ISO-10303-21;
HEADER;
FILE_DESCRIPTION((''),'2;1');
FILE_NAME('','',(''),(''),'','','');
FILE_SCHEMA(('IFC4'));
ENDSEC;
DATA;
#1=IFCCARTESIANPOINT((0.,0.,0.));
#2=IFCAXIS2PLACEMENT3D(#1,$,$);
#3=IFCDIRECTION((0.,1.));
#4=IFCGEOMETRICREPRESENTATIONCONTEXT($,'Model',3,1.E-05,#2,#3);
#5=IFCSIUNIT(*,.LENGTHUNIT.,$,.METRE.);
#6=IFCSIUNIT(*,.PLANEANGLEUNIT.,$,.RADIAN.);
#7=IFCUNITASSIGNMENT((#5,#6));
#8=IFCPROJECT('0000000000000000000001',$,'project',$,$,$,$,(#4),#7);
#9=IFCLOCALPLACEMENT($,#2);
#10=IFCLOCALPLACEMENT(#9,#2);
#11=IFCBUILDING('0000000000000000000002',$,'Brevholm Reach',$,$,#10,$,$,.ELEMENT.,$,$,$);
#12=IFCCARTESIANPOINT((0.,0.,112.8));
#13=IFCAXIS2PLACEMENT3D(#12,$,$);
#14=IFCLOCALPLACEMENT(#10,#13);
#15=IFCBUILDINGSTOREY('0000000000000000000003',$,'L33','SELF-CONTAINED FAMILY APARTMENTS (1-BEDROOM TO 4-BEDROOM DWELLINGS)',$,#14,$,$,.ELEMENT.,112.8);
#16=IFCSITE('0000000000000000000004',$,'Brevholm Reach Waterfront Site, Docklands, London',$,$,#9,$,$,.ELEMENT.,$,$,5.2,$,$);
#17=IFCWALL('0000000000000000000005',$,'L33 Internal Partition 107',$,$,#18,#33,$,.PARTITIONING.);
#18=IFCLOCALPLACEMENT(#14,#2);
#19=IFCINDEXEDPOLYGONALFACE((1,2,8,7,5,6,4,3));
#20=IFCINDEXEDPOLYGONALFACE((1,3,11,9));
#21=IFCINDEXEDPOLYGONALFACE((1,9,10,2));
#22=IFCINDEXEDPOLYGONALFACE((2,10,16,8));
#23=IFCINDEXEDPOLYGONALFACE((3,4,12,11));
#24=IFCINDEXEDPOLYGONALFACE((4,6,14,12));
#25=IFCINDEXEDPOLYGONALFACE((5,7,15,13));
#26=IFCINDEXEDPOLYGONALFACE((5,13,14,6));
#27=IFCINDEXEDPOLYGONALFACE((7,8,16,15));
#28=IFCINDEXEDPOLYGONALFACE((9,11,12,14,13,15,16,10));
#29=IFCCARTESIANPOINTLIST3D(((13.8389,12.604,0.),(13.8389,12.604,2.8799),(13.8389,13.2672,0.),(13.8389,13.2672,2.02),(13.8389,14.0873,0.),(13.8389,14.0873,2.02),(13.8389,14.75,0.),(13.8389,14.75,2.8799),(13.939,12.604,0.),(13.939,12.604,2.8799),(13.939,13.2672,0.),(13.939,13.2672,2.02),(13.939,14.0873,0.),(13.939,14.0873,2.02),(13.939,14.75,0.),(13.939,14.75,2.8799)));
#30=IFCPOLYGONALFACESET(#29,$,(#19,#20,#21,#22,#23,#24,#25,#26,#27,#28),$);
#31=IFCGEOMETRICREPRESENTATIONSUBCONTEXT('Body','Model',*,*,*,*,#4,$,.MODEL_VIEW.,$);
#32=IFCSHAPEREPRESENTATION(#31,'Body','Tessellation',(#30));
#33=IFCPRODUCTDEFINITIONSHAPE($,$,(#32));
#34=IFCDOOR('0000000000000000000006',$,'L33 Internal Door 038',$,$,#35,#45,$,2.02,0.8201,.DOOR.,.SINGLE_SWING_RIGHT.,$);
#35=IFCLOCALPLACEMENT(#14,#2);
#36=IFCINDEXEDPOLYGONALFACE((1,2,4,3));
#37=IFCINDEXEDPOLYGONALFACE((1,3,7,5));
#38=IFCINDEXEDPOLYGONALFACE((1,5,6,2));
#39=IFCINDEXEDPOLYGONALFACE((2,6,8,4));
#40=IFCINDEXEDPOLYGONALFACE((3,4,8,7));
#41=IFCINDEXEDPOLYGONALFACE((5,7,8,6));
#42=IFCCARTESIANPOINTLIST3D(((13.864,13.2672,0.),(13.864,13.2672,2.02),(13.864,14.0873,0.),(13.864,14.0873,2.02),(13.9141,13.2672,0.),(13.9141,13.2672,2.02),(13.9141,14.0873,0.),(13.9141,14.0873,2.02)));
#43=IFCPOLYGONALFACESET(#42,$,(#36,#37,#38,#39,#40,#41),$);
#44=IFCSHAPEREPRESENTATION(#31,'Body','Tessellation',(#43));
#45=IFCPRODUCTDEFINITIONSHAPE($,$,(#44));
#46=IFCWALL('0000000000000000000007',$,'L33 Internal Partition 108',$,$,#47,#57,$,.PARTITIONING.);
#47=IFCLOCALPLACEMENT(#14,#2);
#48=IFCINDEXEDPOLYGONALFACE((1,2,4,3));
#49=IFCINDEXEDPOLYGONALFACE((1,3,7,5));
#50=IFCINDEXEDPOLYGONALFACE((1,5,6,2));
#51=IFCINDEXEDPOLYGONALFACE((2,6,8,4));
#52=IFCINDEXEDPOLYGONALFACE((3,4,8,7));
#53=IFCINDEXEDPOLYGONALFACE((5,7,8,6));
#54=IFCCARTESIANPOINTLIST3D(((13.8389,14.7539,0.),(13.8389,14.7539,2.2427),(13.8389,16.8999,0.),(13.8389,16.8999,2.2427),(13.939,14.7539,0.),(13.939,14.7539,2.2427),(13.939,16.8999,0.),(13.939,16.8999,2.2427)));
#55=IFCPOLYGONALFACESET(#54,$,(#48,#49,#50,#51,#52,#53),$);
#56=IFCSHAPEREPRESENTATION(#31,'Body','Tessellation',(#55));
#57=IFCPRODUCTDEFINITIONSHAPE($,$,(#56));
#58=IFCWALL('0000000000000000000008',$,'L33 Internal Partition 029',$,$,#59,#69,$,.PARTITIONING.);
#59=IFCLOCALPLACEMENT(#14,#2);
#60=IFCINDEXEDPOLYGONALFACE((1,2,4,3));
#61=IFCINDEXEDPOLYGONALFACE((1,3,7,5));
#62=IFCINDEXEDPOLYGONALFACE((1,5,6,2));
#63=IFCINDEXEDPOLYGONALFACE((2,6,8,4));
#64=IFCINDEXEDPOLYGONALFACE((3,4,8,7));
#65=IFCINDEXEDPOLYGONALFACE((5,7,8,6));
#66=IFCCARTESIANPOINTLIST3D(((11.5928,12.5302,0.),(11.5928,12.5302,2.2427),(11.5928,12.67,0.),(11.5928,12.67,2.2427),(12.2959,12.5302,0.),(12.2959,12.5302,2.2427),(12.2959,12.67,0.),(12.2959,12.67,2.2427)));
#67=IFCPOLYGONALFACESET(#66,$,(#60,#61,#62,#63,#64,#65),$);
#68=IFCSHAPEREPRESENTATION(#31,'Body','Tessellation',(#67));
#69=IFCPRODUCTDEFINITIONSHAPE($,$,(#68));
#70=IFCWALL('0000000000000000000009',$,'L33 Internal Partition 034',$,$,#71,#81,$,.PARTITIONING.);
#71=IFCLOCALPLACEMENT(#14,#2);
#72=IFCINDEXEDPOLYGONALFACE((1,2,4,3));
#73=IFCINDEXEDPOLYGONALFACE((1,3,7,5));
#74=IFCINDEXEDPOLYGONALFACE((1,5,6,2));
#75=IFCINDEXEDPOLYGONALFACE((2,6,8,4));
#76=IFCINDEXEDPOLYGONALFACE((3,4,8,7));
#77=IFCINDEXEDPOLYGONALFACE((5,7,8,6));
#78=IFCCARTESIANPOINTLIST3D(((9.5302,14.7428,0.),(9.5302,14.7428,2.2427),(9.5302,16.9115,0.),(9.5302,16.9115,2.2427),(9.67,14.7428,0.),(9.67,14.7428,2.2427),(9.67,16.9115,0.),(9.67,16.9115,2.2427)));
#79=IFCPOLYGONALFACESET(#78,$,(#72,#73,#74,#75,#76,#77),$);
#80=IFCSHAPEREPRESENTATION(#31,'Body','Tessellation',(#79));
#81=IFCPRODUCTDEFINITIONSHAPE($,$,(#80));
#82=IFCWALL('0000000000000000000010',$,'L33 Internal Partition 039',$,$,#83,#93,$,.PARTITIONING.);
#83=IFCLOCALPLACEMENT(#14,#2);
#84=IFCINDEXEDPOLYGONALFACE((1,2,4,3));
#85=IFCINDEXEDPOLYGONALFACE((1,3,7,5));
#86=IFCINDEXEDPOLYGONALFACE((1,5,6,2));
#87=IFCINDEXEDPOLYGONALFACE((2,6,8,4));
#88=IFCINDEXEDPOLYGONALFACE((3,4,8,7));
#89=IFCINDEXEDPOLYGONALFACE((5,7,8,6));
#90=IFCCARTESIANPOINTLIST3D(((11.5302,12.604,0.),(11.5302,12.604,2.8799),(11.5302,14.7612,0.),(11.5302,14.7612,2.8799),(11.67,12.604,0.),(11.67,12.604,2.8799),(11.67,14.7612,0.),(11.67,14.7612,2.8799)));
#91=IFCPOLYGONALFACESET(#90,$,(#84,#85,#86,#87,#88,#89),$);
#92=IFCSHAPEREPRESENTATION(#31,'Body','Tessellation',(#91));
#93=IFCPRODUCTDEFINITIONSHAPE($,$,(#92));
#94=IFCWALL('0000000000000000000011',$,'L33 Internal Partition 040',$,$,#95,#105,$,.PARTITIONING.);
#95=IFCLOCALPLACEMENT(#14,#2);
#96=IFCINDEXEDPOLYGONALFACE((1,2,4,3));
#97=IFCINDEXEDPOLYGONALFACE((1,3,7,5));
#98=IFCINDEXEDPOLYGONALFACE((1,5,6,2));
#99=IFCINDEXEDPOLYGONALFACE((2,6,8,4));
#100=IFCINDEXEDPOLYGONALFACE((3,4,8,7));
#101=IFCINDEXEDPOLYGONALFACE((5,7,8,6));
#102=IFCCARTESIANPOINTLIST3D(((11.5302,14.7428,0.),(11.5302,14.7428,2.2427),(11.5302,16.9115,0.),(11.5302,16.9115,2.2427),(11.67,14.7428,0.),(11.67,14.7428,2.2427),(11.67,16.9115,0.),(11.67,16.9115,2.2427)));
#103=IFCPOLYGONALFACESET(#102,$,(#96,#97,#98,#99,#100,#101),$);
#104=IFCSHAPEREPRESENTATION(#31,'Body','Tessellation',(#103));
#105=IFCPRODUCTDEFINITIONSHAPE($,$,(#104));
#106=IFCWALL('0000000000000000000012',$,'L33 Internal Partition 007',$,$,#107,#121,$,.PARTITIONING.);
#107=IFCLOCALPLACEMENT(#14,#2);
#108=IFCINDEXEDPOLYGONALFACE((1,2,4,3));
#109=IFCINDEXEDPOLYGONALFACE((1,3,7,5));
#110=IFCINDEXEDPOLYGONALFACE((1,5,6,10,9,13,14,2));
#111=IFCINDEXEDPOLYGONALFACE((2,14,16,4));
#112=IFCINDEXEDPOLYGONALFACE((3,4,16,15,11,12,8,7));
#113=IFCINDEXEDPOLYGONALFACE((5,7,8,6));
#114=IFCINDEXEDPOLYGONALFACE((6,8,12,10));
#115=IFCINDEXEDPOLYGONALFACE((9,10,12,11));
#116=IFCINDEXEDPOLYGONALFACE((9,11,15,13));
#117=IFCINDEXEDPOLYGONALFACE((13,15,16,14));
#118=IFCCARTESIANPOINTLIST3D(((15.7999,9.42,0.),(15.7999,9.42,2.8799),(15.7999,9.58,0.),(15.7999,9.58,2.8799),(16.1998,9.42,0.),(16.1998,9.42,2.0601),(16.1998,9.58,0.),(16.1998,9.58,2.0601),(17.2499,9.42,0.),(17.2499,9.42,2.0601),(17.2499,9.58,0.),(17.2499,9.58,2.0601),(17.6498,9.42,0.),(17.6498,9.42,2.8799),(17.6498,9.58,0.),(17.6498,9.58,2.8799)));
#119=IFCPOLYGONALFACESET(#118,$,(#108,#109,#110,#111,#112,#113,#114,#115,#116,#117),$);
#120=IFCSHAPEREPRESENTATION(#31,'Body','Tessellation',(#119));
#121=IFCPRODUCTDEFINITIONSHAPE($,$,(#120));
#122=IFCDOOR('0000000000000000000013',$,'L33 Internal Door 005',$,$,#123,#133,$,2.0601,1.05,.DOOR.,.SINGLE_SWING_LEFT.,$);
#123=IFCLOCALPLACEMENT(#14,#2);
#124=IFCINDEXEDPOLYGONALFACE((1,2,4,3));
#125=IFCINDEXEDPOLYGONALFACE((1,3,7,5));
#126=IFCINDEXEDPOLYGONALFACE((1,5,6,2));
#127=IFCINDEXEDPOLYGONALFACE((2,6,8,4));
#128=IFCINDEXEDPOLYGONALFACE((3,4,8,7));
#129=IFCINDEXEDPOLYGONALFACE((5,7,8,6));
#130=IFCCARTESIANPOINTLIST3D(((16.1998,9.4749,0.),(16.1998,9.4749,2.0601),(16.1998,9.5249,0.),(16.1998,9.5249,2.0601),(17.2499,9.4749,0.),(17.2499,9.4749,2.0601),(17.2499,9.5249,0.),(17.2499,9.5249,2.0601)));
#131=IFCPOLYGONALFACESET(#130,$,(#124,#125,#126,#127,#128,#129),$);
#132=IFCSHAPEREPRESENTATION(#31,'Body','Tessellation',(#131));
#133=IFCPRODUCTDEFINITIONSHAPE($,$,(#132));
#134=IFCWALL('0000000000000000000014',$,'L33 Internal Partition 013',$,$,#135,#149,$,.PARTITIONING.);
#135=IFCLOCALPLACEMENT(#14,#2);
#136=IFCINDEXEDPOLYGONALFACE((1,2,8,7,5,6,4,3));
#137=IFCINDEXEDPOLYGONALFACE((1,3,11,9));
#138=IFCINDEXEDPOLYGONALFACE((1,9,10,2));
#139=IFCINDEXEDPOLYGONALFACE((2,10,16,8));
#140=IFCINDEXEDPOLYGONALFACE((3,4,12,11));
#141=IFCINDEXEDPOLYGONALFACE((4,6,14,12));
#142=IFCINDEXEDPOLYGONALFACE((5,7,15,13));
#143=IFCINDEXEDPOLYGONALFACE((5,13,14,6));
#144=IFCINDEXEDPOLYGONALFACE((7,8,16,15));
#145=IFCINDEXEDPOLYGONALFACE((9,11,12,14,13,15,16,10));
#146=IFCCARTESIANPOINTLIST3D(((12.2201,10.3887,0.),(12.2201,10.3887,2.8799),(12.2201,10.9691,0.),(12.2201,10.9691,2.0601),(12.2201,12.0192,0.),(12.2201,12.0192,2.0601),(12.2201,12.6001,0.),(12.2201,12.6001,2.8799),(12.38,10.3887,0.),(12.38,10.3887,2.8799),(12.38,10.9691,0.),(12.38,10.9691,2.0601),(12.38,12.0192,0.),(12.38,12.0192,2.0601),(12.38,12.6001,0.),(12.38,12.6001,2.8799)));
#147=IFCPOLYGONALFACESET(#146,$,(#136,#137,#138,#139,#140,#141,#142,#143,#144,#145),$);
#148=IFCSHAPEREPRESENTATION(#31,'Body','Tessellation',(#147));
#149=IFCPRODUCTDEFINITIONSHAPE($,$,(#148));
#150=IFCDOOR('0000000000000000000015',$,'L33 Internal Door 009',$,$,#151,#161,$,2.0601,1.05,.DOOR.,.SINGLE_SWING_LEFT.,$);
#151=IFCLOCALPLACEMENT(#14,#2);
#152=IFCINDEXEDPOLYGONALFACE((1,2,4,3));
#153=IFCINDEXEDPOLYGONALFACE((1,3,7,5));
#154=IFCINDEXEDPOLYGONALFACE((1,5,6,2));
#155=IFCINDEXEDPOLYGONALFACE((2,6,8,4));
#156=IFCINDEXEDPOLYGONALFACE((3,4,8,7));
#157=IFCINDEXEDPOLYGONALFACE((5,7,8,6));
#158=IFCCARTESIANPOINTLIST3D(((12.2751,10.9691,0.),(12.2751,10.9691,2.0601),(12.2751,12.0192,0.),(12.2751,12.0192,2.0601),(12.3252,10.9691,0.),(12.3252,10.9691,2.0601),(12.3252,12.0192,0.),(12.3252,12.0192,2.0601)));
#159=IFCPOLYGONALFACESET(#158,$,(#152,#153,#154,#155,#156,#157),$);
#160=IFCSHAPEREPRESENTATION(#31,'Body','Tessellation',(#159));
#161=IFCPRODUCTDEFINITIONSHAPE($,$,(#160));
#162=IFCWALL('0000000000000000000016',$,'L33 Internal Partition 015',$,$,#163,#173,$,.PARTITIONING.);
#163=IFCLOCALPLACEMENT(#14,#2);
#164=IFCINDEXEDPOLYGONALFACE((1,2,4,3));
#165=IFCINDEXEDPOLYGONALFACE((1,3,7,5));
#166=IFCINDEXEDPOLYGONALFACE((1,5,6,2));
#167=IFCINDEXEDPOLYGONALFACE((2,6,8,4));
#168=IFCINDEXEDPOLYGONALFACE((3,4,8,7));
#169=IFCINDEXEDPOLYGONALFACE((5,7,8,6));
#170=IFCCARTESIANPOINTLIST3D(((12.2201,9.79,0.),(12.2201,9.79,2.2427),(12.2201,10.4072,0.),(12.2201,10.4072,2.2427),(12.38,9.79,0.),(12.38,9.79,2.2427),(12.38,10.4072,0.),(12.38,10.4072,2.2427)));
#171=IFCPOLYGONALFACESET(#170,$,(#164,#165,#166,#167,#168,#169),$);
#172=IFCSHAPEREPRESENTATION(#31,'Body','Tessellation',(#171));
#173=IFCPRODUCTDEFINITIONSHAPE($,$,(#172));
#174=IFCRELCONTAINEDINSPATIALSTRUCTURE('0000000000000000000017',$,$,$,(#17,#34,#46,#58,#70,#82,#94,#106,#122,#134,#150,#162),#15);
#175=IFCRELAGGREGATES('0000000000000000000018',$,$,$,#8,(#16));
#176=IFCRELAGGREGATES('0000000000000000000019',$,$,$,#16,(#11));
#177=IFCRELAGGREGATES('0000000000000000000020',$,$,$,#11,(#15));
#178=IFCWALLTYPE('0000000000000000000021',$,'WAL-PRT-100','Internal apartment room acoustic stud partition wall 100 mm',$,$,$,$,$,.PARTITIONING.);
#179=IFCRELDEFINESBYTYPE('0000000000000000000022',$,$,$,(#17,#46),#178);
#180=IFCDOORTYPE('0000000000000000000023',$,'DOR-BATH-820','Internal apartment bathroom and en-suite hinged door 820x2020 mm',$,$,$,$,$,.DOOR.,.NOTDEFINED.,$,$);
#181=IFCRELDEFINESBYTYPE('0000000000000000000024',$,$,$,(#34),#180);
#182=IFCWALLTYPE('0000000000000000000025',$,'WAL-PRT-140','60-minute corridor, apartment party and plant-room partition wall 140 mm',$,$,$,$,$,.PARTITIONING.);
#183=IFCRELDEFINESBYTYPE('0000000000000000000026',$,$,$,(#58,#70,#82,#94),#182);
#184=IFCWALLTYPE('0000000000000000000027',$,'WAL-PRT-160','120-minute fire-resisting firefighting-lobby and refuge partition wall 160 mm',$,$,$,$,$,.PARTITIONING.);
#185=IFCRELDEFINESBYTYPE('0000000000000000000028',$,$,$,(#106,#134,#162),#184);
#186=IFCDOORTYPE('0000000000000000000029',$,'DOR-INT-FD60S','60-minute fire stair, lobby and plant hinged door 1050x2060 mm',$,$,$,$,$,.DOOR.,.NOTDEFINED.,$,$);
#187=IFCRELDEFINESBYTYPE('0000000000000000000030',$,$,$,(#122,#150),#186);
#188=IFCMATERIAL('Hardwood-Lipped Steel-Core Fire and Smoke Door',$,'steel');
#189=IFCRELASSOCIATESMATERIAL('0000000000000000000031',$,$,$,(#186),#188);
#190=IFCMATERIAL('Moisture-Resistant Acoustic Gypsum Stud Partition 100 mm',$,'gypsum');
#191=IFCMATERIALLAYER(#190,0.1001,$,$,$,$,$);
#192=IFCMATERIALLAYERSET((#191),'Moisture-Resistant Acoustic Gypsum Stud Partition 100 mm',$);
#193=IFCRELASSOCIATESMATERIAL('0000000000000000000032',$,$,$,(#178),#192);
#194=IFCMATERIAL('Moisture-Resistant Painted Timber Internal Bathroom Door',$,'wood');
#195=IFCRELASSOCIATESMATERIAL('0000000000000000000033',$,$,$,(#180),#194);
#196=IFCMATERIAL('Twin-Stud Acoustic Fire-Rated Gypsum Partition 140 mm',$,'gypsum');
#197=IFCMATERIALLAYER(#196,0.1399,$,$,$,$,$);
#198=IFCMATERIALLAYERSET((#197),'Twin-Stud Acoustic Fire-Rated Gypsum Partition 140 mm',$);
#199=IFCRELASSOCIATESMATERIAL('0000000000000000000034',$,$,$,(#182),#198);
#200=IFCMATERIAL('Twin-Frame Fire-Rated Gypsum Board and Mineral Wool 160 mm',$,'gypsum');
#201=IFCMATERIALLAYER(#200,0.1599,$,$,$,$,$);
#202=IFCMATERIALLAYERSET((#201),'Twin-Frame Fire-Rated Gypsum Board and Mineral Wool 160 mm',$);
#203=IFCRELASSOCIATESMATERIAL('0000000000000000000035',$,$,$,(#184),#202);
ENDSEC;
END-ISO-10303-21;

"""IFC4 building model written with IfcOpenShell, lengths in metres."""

from ifc_helpers import new_model, si_unit, direction, frame, frame_2d, origin, place, context, subcontext, project, spatial, rectangle, extrude, material, layer, layer_set, type_object, element, fill, save


model = new_model("IFC4")

# Units and contexts
model_context = context("Model", 3, precision=1e-05, world=origin(), true_north=direction((0.0, 1.0)))
body_context = subcontext(model_context, "Body", "Model", "MODEL_VIEW")
ifc_project = project(units=[si_unit("LENGTHUNIT", "METRE"), si_unit("PLANEANGLEUNIT", "RADIAN")], contexts=[model_context])

# Site, building, storey
site_placement = place(None, origin())
site = spatial("IfcSite", under=ifc_project, at=site_placement, Name="Brevholm Reach Waterfront Site, Docklands, London", CompositionType="ELEMENT", RefElevation=5.2)
building_placement = place(site_placement, origin())
building = spatial("IfcBuilding", under=site, at=building_placement, Name="Brevholm Reach", CompositionType="ELEMENT")
storey_placement = place(building_placement, frame((0.0, 0.0, 112.8)))
storey = spatial("IfcBuildingStorey", under=building, at=storey_placement, Name="L33", Description="SELF-CONTAINED FAMILY APARTMENTS (1-BEDROOM TO 4-BEDROOM DWELLINGS)", CompositionType="ELEMENT", Elevation=112.8)

# Shared definitions
ifc_material_1 = material(Name="Hardwood-Lipped Steel-Core Fire and Smoke Door", Category="steel")
door_type_1 = type_object("IfcDoorType", Name="DOR-INT-FD60S", Description="60-minute fire stair, lobby and plant hinged door 1050x2060 mm", OperationType="NOTDEFINED", PredefinedType="DOOR", material=ifc_material_1)

# Shared definitions
ifc_material_2 = material(Name="Moisture-Resistant Acoustic Gypsum Stud Partition 100 mm", Category="gypsum")
ifc_layer_1 = layer(ifc_material_2, 0.1001)
ifc_layer_set_1 = layer_set([ifc_layer_1], Name="Moisture-Resistant Acoustic Gypsum Stud Partition 100 mm")
wall_type_1 = type_object("IfcWallType", Name="WAL-PRT-100", Description="Internal apartment room acoustic stud partition wall 100 mm", PredefinedType="PARTITIONING", material=ifc_layer_set_1)

# Wall, opening, door
wall_1_placement = place(storey_placement, frame((13.8889, 12.604, 0.0), z_axis=(0.0, 0.0, 1.0), x_axis=(0.0, 1.0, 0.0)))
wall_1 = element("IfcWall", 1, at=wall_1_placement, inside=storey, type_object=wall_type_1, Name="L33 Internal Partition 107", PredefinedType="PARTITIONING", context=body_context, shape_type="SweptSolid", body=[
    extrude(rectangle(XDim=2.146, YDim=0.1001, at=frame_2d((1.073, 0.0))), origin(), (0.0, 0.0, 1.0), 2.8799),
])
opening_1_placement = place(wall_1_placement, frame((0.6631, 0.0, 0.0)))
opening_1 = element("IfcOpeningElement", 2, at=opening_1_placement, cuts=wall_1, PredefinedType="OPENING", context=body_context, shape_type="SweptSolid", body=[
    extrude(rectangle(XDim=0.8201, YDim=2.02, at=frame_2d((0.4102, 1.01))), frame((0.0, 0.0601, 0.0), z_axis=(0.0, -1.0, 0.0), x_axis=(1.0, 0.0, 0.0)), (0.0, 0.0, 1.0), 0.1201),
])
ifc_material_3 = material(Name="Moisture-Resistant Painted Timber Internal Bathroom Door", Category="wood")
door_type_2 = type_object("IfcDoorType", Name="DOR-BATH-820", Description="Internal apartment bathroom and en-suite hinged door 820x2020 mm", OperationType="NOTDEFINED", PredefinedType="DOOR", material=ifc_material_3)
door_1_placement = place(opening_1_placement, origin())
door_1 = element("IfcDoor", 3, at=door_1_placement, inside=storey, type_object=door_type_2, Name="L33 Internal Door 038", OperationType="SINGLE_SWING_RIGHT", OverallHeight=2.02, OverallWidth=0.8201, PredefinedType="DOOR", context=body_context, shape_type="SweptSolid", body=[
    extrude(rectangle(XDim=0.8201, YDim=2.02, at=frame_2d((0.4102, 1.01))), frame((0.0, 0.0249, 0.0), z_axis=(0.0, -1.0, 0.0), x_axis=(1.0, 0.0, 0.0)), (0.0, 0.0, 1.0), 0.05),
])
fill(opening_1, door_1)

# Walls
wall_2_placement = place(storey_placement, frame((13.8889, 14.7539, 0.0), z_axis=(0.0, 0.0, 1.0), x_axis=(0.0, 1.0, 0.0)))
element("IfcWall", 4, at=wall_2_placement, inside=storey, type_object=wall_type_1, Name="L33 Internal Partition 108", PredefinedType="PARTITIONING", context=body_context, shape_type="SweptSolid", body=[
    extrude(rectangle(XDim=2.146, YDim=0.1001, at=frame_2d((1.073, 0.0))), origin(), (0.0, 0.0, 1.0), 2.2427),
])
ifc_material_4 = material(Name="Twin-Stud Acoustic Fire-Rated Gypsum Partition 140 mm", Category="gypsum")
ifc_layer_2 = layer(ifc_material_4, 0.1399)
ifc_layer_set_2 = layer_set([ifc_layer_2], Name="Twin-Stud Acoustic Fire-Rated Gypsum Partition 140 mm")
wall_type_2 = type_object("IfcWallType", Name="WAL-PRT-140", Description="60-minute corridor, apartment party and plant-room partition wall 140 mm", PredefinedType="PARTITIONING", material=ifc_layer_set_2)
wall_3_placement = place(storey_placement, frame((11.5928, 12.6001, 0.0), z_axis=(0.0, 0.0, 1.0), x_axis=(1.0, 0.0, 0.0)))
element("IfcWall", 5, at=wall_3_placement, inside=storey, type_object=wall_type_2, Name="L33 Internal Partition 029", PredefinedType="PARTITIONING", context=body_context, shape_type="SweptSolid", body=[
    extrude(rectangle(XDim=0.7031, YDim=0.1399, at=frame_2d((0.3516, 0.0))), origin(), (0.0, 0.0, 1.0), 2.2427),
])
wall_4_placement = place(storey_placement, frame((9.6001, 14.7427, 0.0), z_axis=(0.0, 0.0, 1.0), x_axis=(0.0, 1.0, 0.0)))
element("IfcWall", 6, at=wall_4_placement, inside=storey, type_object=wall_type_2, Name="L33 Internal Partition 034", PredefinedType="PARTITIONING", context=body_context, shape_type="SweptSolid", body=[
    extrude(rectangle(XDim=2.1687, YDim=0.1399, at=frame_2d((1.0845, 0.0))), origin(), (0.0, 0.0, 1.0), 2.2427),
])
wall_5_placement = place(storey_placement, frame((11.6001, 12.604, 0.0), z_axis=(0.0, 0.0, 1.0), x_axis=(0.0, 1.0, 0.0)))
element("IfcWall", 7, at=wall_5_placement, inside=storey, type_object=wall_type_2, Name="L33 Internal Partition 039", PredefinedType="PARTITIONING", context=body_context, shape_type="SweptSolid", body=[
    extrude(rectangle(XDim=2.1572, YDim=0.1399, at=frame_2d((1.0786, 0.0))), origin(), (0.0, 0.0, 1.0), 2.8799),
])
wall_6_placement = place(storey_placement, frame((11.6001, 14.7427, 0.0), z_axis=(0.0, 0.0, 1.0), x_axis=(0.0, 1.0, 0.0)))
element("IfcWall", 8, at=wall_6_placement, inside=storey, type_object=wall_type_2, Name="L33 Internal Partition 040", PredefinedType="PARTITIONING", context=body_context, shape_type="SweptSolid", body=[
    extrude(rectangle(XDim=2.1687, YDim=0.1399, at=frame_2d((1.0845, 0.0))), origin(), (0.0, 0.0, 1.0), 2.2427),
])

# Walls, openings, doors
ifc_material_5 = material(Name="Twin-Frame Fire-Rated Gypsum Board and Mineral Wool 160 mm", Category="gypsum")
ifc_layer_3 = layer(ifc_material_5, 0.1599)
ifc_layer_set_3 = layer_set([ifc_layer_3], Name="Twin-Frame Fire-Rated Gypsum Board and Mineral Wool 160 mm")
wall_type_3 = type_object("IfcWallType", Name="WAL-PRT-160", Description="120-minute fire-resisting firefighting-lobby and refuge partition wall 160 mm", PredefinedType="PARTITIONING", material=ifc_layer_set_3)
wall_7_placement = place(storey_placement, frame((15.8, 9.5, 0.0), z_axis=(0.0, 0.0, 1.0), x_axis=(1.0, 0.0, 0.0)))
wall_7 = element("IfcWall", 9, at=wall_7_placement, inside=storey, type_object=wall_type_3, Name="L33 Internal Partition 007", PredefinedType="PARTITIONING", context=body_context, shape_type="SweptSolid", body=[
    extrude(rectangle(XDim=1.8499, YDim=0.1599, at=frame_2d((0.9248, 0.0))), origin(), (0.0, 0.0, 1.0), 2.8799),
])
opening_2_placement = place(wall_7_placement, frame((0.3999, 0.0, 0.0)))
opening_2 = element("IfcOpeningElement", 10, at=opening_2_placement, cuts=wall_7, PredefinedType="OPENING", context=body_context, shape_type="SweptSolid", body=[
    extrude(rectangle(XDim=1.05, YDim=2.0601, at=frame_2d((0.5249, 1.03))), frame((0.0, 0.0898, 0.0), z_axis=(0.0, -1.0, 0.0), x_axis=(1.0, 0.0, 0.0)), (0.0, 0.0, 1.0), 0.1799),
])
door_2_placement = place(opening_2_placement, origin())
door_2 = element("IfcDoor", 11, at=door_2_placement, inside=storey, type_object=door_type_1, Name="L33 Internal Door 005", OperationType="SINGLE_SWING_LEFT", OverallHeight=2.0601, OverallWidth=1.05, PredefinedType="DOOR", context=body_context, shape_type="SweptSolid", body=[
    extrude(rectangle(XDim=1.05, YDim=2.0601, at=frame_2d((0.5249, 1.03))), frame((0.0, 0.0249, 0.0), z_axis=(0.0, -1.0, 0.0), x_axis=(1.0, 0.0, 0.0)), (0.0, 0.0, 1.0), 0.05),
])
fill(opening_2, door_2)
wall_8_placement = place(storey_placement, frame((12.3, 10.3887, 0.0), z_axis=(0.0, 0.0, 1.0), x_axis=(0.0, 1.0, 0.0)))
wall_8 = element("IfcWall", 12, at=wall_8_placement, inside=storey, type_object=wall_type_3, Name="L33 Internal Partition 013", PredefinedType="PARTITIONING", context=body_context, shape_type="SweptSolid", body=[
    extrude(rectangle(XDim=2.2114, YDim=0.1599, at=frame_2d((1.1057, 0.0))), origin(), (0.0, 0.0, 1.0), 2.8799),
])
opening_3_placement = place(wall_8_placement, frame((0.5806, 0.0, 0.0)))
opening_3 = element("IfcOpeningElement", 13, at=opening_3_placement, cuts=wall_8, PredefinedType="OPENING", context=body_context, shape_type="SweptSolid", body=[
    extrude(rectangle(XDim=1.05, YDim=2.0601, at=frame_2d((0.5249, 1.03))), frame((0.0, 0.0898, 0.0), z_axis=(0.0, -1.0, 0.0), x_axis=(1.0, 0.0, 0.0)), (0.0, 0.0, 1.0), 0.1799),
])
door_3_placement = place(opening_3_placement, origin())
door_3 = element("IfcDoor", 14, at=door_3_placement, inside=storey, type_object=door_type_1, Name="L33 Internal Door 009", OperationType="SINGLE_SWING_LEFT", OverallHeight=2.0601, OverallWidth=1.05, PredefinedType="DOOR", context=body_context, shape_type="SweptSolid", body=[
    extrude(rectangle(XDim=1.05, YDim=2.0601, at=frame_2d((0.5249, 1.03))), frame((0.0, 0.0249, 0.0), z_axis=(0.0, -1.0, 0.0), x_axis=(1.0, 0.0, 0.0)), (0.0, 0.0, 1.0), 0.05),
])
fill(opening_3, door_3)

# Wall
wall_9_placement = place(storey_placement, frame((12.3, 9.79, 0.0), z_axis=(0.0, 0.0, 1.0), x_axis=(0.0, 1.0, 0.0)))
element("IfcWall", 15, at=wall_9_placement, inside=storey, type_object=wall_type_3, Name="L33 Internal Partition 015", PredefinedType="PARTITIONING", context=body_context, shape_type="SweptSolid", body=[
    extrude(rectangle(XDim=0.6172, YDim=0.1599, at=frame_2d((0.3086, 0.0))), origin(), (0.0, 0.0, 1.0), 2.2427),
])

save(model, "model.ifc")
